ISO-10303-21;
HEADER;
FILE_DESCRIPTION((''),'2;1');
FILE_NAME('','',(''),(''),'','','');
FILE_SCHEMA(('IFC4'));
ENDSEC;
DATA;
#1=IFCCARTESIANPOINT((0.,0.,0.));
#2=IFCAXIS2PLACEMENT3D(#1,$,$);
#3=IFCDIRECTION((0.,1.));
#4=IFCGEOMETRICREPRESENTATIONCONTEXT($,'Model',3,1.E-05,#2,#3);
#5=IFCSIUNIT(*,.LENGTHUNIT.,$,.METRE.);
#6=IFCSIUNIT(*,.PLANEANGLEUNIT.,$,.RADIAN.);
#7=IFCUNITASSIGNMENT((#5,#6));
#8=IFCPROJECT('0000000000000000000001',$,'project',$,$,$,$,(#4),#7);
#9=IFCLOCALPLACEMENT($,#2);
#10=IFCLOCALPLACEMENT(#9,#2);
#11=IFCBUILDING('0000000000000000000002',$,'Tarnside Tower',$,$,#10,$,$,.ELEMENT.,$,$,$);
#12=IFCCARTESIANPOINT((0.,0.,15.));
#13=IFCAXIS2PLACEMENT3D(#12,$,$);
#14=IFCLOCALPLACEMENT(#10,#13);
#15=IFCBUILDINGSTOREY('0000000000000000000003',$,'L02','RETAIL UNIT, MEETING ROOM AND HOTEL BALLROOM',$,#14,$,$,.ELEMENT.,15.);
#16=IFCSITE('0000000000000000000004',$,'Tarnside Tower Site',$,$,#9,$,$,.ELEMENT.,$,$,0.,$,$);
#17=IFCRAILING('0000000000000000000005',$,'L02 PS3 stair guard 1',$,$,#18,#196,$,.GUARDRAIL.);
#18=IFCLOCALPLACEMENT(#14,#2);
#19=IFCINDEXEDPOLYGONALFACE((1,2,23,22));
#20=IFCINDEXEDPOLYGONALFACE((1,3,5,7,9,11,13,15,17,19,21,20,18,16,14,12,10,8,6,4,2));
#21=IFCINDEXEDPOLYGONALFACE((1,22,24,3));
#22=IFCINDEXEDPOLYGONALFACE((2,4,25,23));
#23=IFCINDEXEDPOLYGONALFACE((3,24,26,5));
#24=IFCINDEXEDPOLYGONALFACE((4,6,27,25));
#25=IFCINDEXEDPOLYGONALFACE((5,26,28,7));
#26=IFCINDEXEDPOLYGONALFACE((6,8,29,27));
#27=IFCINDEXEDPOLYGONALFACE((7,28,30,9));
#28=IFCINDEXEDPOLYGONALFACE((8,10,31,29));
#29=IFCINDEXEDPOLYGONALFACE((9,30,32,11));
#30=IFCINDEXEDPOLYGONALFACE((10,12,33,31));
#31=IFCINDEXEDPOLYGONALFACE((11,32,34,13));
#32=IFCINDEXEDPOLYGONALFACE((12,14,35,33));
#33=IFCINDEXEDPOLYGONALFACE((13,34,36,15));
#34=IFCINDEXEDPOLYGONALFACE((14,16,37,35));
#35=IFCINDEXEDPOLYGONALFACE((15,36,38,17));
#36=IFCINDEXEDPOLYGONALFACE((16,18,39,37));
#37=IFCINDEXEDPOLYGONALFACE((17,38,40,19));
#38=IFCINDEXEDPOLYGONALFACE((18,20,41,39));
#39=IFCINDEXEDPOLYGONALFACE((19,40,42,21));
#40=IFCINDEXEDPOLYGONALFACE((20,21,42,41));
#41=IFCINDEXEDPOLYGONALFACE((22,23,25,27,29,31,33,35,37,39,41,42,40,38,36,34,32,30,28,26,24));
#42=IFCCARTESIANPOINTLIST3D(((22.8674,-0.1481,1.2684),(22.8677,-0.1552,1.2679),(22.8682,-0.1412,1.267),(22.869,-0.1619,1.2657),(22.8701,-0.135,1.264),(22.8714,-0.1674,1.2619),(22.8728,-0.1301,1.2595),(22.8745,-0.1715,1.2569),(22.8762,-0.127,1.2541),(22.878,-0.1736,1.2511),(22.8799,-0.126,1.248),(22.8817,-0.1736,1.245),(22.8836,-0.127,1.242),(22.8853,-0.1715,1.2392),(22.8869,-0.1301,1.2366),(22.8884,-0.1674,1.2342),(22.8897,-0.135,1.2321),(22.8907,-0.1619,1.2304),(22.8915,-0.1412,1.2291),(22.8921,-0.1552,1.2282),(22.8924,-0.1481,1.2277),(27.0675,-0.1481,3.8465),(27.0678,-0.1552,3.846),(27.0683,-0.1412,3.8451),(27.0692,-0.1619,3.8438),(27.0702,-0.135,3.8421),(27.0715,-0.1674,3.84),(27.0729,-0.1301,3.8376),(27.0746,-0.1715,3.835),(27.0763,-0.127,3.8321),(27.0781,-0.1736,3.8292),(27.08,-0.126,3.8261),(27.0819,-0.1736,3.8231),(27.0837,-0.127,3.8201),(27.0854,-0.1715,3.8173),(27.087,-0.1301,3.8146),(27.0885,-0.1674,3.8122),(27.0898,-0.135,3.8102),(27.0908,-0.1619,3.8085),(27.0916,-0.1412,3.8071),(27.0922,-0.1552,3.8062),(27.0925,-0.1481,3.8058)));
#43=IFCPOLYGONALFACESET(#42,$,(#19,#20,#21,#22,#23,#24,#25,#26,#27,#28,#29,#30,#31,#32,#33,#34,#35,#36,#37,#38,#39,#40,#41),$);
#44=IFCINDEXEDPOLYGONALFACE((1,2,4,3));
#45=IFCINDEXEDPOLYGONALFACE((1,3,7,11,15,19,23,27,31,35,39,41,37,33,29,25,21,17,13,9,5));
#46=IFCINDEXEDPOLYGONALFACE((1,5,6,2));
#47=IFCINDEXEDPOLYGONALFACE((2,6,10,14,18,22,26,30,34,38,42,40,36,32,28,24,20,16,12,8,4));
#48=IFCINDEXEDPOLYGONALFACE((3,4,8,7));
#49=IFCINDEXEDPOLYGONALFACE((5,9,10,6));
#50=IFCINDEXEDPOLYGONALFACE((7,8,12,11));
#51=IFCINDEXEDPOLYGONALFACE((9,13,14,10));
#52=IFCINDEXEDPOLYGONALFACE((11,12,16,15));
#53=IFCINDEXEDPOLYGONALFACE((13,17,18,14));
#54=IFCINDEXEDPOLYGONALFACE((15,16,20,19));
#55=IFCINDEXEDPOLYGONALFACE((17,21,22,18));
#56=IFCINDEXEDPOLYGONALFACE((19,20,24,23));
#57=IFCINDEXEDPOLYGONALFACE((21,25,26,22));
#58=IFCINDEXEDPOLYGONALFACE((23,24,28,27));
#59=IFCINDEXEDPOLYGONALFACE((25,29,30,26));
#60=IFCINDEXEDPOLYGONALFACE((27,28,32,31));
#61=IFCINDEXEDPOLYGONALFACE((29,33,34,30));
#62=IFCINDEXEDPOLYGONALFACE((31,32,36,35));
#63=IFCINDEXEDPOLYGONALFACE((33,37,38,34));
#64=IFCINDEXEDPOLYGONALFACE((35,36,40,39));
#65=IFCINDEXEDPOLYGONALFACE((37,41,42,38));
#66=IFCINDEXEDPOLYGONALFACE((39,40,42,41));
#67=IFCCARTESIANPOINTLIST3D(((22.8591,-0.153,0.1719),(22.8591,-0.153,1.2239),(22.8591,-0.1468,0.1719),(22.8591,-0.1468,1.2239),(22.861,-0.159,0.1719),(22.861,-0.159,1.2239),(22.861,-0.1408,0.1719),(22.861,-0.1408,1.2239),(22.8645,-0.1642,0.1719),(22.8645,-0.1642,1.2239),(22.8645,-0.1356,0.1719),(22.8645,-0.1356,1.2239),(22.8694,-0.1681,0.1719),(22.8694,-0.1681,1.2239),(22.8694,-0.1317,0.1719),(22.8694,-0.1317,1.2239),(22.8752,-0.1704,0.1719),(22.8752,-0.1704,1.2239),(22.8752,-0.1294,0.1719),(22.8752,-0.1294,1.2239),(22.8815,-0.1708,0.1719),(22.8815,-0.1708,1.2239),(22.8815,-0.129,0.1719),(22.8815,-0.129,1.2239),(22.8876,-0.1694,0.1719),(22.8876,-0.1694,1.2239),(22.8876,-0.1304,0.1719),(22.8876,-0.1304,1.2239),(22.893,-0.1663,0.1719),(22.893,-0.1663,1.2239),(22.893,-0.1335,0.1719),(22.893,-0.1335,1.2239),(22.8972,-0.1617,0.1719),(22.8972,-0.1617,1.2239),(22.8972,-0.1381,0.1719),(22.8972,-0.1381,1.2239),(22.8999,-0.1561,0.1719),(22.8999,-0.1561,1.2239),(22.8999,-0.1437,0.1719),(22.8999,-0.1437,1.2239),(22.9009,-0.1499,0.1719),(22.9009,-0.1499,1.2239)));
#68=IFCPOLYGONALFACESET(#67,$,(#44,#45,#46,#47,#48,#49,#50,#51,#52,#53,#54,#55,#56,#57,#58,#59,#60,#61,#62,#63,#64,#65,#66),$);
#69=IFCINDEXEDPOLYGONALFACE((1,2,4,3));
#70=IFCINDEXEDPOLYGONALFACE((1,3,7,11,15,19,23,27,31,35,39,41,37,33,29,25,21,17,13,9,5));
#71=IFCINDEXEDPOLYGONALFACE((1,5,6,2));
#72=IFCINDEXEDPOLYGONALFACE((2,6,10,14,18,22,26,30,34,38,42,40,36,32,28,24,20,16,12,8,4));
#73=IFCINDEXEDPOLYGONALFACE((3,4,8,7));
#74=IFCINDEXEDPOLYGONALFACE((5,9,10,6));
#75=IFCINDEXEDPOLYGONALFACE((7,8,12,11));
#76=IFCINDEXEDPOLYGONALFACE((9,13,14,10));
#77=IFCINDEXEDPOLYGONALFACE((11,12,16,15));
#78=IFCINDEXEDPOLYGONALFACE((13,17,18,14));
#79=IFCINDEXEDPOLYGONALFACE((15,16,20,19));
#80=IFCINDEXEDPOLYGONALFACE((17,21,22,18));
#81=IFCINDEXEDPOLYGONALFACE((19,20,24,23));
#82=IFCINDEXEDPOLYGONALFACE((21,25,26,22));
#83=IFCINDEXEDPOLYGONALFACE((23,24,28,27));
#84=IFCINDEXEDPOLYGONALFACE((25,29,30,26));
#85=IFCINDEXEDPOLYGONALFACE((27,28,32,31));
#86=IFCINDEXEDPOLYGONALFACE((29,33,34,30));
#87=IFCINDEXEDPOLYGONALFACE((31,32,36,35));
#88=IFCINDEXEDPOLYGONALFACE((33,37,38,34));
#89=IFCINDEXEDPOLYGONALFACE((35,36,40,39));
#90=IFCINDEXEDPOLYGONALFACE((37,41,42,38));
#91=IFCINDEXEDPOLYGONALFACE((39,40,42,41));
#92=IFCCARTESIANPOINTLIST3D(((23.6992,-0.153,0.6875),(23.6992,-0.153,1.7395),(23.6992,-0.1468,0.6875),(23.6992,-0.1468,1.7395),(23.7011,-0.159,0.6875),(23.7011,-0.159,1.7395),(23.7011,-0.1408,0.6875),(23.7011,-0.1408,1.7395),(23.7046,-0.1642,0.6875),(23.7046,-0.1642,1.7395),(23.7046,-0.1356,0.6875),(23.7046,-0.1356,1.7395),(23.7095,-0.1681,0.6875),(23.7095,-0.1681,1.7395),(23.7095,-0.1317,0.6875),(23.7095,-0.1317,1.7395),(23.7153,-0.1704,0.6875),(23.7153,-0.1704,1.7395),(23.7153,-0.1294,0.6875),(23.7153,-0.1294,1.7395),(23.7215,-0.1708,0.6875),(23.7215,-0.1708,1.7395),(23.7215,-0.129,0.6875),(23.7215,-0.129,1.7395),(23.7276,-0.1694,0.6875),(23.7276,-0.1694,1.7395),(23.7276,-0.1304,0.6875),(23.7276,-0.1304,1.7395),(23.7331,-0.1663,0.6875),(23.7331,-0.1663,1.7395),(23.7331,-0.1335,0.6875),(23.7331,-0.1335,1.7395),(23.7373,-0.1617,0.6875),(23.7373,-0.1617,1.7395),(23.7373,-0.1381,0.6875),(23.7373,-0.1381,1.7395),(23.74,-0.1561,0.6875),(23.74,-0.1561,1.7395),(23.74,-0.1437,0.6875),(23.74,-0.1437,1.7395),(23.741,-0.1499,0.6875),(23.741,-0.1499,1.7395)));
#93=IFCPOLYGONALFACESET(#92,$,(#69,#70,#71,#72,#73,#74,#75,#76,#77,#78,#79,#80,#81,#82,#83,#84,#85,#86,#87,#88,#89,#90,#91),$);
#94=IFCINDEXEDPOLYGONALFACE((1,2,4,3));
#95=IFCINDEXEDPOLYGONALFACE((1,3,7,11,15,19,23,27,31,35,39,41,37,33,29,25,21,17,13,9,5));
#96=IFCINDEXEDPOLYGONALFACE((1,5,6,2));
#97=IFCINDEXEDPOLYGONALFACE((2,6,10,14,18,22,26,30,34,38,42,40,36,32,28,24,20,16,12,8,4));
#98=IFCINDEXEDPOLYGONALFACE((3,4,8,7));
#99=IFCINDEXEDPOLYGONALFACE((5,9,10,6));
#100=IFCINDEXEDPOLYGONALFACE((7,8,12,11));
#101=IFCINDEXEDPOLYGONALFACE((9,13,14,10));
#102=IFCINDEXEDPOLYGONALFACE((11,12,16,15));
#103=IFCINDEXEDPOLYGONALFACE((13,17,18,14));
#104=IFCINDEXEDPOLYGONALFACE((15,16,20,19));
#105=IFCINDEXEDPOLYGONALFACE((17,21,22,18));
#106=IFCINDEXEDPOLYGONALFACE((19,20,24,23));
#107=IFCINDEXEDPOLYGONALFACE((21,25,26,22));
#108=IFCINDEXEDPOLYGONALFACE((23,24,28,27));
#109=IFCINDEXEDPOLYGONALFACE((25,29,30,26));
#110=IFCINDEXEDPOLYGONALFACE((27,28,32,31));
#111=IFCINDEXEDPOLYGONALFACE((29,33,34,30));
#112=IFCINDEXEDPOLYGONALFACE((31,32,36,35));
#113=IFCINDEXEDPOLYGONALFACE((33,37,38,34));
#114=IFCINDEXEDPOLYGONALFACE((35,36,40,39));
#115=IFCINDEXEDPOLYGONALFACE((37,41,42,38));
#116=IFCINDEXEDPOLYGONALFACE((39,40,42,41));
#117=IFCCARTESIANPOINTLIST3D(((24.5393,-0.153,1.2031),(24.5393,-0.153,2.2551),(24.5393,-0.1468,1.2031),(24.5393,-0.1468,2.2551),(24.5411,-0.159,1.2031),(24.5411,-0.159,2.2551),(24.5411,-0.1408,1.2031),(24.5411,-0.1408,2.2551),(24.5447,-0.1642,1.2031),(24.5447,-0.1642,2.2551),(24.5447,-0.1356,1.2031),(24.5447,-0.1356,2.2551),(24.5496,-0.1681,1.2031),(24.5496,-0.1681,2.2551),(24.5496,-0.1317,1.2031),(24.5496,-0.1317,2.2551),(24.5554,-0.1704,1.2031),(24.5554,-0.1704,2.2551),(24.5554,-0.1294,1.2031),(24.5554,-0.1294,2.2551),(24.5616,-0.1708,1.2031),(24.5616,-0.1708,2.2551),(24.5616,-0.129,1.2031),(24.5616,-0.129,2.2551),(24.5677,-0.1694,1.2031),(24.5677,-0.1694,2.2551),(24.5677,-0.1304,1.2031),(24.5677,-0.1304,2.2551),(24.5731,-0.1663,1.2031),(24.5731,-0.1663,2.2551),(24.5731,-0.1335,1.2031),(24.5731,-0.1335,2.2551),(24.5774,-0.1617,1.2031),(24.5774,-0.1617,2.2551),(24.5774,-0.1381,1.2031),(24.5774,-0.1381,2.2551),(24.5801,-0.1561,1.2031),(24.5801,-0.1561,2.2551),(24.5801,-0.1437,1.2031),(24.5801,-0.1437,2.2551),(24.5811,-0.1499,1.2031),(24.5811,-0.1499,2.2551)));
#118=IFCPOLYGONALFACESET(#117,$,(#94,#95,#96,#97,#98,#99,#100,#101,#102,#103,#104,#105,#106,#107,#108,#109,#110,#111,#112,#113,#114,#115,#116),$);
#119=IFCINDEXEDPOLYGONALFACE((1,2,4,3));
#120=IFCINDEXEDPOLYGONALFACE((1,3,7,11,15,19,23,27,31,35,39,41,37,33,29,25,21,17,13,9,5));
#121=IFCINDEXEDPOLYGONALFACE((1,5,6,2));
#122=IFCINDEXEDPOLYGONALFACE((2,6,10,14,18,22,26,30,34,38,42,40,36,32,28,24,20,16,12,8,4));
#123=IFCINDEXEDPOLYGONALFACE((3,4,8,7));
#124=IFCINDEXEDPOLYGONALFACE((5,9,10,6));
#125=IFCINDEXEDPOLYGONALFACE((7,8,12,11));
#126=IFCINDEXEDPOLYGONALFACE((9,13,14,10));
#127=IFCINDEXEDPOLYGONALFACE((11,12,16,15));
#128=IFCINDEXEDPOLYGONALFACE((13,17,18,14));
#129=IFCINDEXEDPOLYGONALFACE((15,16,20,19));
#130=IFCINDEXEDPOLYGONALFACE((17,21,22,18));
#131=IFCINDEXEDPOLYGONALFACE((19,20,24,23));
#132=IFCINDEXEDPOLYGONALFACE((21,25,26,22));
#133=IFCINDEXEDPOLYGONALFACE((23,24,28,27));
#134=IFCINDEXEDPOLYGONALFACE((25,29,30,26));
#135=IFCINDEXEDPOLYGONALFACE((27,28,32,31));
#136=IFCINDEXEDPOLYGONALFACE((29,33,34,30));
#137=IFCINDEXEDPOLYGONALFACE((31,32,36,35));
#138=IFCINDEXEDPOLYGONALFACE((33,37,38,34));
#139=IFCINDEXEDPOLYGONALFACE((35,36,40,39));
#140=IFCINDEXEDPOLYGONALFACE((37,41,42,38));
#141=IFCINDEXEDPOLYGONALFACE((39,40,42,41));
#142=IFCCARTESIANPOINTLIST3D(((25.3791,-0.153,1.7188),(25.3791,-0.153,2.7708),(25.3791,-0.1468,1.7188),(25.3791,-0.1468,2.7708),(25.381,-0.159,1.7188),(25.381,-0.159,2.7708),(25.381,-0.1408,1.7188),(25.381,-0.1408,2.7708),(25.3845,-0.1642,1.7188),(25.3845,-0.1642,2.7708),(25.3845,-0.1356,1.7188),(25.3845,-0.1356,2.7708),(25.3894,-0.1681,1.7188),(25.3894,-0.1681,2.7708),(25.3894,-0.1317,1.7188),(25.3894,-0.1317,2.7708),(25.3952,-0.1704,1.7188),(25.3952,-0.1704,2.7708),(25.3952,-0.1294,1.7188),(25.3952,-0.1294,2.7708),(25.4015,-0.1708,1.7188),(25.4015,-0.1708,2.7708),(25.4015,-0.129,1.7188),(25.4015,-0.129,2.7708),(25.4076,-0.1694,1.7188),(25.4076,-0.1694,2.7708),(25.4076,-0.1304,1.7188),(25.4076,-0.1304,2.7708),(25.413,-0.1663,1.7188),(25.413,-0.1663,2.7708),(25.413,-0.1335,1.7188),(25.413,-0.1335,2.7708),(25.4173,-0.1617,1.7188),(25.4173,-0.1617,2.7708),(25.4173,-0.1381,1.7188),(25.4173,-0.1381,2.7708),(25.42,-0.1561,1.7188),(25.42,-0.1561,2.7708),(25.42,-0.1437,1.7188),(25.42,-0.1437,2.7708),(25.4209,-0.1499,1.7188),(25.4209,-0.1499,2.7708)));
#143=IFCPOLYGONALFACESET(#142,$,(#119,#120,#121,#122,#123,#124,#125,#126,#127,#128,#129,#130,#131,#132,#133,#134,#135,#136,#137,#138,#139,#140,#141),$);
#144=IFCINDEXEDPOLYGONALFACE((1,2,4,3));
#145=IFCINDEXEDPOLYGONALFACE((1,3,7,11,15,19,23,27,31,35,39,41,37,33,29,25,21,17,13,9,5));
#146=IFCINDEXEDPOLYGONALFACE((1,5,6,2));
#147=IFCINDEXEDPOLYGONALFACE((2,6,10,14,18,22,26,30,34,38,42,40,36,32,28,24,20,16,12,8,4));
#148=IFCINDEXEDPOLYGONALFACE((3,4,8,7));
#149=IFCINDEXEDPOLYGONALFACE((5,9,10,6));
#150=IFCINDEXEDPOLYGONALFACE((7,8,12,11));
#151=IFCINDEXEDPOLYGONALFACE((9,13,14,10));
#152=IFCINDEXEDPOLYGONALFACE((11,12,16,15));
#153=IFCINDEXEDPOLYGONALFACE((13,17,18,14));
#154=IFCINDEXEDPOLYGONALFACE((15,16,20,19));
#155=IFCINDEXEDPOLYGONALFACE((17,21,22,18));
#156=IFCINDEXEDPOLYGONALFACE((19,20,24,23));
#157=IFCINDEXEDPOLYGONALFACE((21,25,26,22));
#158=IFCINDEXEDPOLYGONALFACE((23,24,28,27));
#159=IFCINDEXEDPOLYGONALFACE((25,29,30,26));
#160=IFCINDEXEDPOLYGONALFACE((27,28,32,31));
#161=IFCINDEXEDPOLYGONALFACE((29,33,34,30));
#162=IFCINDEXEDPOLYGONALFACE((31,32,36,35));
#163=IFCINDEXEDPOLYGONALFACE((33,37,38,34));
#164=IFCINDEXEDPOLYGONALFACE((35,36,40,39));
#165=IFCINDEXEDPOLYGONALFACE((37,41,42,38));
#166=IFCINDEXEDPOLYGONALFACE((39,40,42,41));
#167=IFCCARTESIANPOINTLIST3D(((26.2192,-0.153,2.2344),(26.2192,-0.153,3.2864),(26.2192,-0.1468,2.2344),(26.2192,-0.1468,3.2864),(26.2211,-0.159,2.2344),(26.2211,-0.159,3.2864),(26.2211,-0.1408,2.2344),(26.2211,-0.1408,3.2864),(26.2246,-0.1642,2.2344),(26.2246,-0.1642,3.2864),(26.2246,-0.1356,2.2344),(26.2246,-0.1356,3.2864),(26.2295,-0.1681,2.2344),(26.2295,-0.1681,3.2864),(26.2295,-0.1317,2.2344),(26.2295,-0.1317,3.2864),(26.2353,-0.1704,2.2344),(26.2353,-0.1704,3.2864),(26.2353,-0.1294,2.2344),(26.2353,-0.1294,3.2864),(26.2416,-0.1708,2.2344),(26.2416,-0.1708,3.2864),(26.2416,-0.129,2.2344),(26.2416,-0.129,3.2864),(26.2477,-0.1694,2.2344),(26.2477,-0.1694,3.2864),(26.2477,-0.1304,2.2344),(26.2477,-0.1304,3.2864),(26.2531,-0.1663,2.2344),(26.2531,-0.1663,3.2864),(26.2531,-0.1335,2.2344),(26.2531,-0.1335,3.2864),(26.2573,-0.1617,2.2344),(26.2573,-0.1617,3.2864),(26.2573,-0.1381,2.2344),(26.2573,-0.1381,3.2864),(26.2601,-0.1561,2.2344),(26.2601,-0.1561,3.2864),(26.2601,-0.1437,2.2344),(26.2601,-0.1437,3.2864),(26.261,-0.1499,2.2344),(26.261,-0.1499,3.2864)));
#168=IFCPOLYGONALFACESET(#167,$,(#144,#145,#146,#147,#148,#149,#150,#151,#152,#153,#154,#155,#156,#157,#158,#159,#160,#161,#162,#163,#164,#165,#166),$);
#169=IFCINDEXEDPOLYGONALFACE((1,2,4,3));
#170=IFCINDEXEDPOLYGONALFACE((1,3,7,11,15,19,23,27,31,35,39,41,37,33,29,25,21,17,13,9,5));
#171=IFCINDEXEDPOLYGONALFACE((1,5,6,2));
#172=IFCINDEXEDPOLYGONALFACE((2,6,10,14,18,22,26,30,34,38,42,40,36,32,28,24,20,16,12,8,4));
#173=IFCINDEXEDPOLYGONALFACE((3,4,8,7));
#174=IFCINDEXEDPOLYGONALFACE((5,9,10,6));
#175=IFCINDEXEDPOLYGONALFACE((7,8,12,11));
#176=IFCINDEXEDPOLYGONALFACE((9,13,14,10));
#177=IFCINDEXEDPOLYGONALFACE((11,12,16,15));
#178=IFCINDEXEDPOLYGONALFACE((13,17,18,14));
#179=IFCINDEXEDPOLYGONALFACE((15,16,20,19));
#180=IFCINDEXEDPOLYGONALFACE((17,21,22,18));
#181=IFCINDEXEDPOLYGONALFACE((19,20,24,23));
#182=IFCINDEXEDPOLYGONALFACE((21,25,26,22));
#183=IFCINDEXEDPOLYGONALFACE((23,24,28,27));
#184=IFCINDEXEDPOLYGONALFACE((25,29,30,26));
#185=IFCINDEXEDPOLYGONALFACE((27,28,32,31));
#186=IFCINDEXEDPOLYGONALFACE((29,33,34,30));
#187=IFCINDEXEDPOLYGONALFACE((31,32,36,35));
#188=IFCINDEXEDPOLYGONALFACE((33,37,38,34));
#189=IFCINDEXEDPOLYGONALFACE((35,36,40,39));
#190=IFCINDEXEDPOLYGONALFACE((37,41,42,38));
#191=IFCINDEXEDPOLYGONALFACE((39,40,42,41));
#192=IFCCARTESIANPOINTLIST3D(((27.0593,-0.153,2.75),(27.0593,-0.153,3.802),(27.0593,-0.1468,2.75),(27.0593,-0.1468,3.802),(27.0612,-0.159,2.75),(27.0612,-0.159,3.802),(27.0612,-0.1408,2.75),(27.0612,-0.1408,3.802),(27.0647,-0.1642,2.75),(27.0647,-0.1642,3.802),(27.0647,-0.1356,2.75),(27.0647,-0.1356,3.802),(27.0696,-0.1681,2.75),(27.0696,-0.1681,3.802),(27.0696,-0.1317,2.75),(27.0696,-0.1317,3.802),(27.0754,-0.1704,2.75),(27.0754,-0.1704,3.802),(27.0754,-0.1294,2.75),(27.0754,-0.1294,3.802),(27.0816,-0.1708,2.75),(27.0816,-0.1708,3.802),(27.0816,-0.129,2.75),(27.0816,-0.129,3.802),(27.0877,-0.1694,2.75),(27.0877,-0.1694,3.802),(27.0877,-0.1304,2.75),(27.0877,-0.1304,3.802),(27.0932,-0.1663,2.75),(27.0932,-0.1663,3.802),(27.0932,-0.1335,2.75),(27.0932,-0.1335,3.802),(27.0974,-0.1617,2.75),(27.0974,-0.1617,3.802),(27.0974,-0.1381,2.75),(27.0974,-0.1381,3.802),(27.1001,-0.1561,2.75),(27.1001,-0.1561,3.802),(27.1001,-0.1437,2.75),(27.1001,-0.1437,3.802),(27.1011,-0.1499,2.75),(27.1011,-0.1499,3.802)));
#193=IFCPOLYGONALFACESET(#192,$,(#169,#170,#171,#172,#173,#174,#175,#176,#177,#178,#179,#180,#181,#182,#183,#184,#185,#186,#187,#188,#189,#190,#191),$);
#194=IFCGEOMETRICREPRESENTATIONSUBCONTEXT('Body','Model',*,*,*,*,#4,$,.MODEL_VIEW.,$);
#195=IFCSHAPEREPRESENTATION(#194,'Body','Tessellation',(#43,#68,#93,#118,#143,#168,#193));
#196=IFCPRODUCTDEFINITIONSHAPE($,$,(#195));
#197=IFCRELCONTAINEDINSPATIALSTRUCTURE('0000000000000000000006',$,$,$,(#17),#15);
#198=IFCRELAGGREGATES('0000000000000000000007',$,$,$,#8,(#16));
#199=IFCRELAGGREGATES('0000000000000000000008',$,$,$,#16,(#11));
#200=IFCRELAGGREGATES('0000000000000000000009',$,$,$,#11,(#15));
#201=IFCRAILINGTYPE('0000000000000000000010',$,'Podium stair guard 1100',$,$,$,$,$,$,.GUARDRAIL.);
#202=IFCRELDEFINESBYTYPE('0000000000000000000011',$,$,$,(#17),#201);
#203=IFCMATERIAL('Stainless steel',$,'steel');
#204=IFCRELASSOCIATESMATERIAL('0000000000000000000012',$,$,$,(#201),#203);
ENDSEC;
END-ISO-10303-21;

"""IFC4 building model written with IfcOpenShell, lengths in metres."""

from ifc_helpers import new_model, si_unit, direction, frame, origin, origin_2d, place, context, subcontext, project, spatial, circle, extrude, material, type_object, element, save


model = new_model("IFC4")

# Units and contexts
model_context = context("Model", 3, precision=1e-05, world=origin(), true_north=direction((0.0, 1.0)))
body_context = subcontext(model_context, "Body", "Model", "MODEL_VIEW")
ifc_project = project(units=[si_unit("LENGTHUNIT", "METRE"), si_unit("PLANEANGLEUNIT", "RADIAN")], contexts=[model_context])

# Site, building, storey
site_placement = place(None, origin())
site = spatial("IfcSite", under=ifc_project, at=site_placement, Name="Tarnside Tower Site", CompositionType="ELEMENT", RefElevation=0.0)
building_placement = place(site_placement, origin())
building = spatial("IfcBuilding", under=site, at=building_placement, Name="Tarnside Tower", CompositionType="ELEMENT")
storey_placement = place(building_placement, frame((0.0, 0.0, 15.0)))
storey = spatial("IfcBuildingStorey", under=building, at=storey_placement, Name="L02", Description="RETAIL UNIT, MEETING ROOM AND HOTEL BALLROOM", CompositionType="ELEMENT", Elevation=15.0)

# Railing
ifc_material_1 = material(Name="Stainless steel", Category="steel")
railing_type_1 = type_object("IfcRailingType", Name="Podium stair guard 1100", PredefinedType="GUARDRAIL", material=ifc_material_1)
railing_1_placement = place(storey_placement, frame((22.8799, -0.1499, 0.1719)))
element("IfcRailing", 1, at=railing_1_placement, inside=storey, type_object=railing_type_1, Name="L02 PS3 stair guard 1", PredefinedType="GUARDRAIL", context=body_context, shape_type="SweptSolid", body=[
    extrude(circle(Radius=0.0239, at=origin_2d()), frame((0.0, 0.0, 1.0762), z_axis=(0.852256, 0.0, 0.523124), x_axis=(0.0, 1.0, 0.0)), (0.0, 0.0, 1.0), 4.9282),
    extrude(circle(Radius=0.021, at=origin_2d()), origin(), (0.0, 0.0, 1.0), 1.052),
    extrude(circle(Radius=0.021, at=origin_2d()), frame((0.8401, 0.0, 0.5156)), (0.0, 0.0, 1.0), 1.052),
    extrude(circle(Radius=0.021, at=origin_2d()), frame((1.6802, 0.0, 1.0312)), (0.0, 0.0, 1.0), 1.052),
    extrude(circle(Radius=0.021, at=origin_2d()), frame((2.52, 0.0, 1.5469)), (0.0, 0.0, 1.0), 1.052),
    extrude(circle(Radius=0.021, at=origin_2d()), frame((3.3601, 0.0, 2.0625)), (0.0, 0.0, 1.0), 1.052),
    extrude(circle(Radius=0.021, at=origin_2d()), frame((4.2002, 0.0, 2.5781)), (0.0, 0.0, 1.0), 1.052),
])

save(model, "model.ifc")
